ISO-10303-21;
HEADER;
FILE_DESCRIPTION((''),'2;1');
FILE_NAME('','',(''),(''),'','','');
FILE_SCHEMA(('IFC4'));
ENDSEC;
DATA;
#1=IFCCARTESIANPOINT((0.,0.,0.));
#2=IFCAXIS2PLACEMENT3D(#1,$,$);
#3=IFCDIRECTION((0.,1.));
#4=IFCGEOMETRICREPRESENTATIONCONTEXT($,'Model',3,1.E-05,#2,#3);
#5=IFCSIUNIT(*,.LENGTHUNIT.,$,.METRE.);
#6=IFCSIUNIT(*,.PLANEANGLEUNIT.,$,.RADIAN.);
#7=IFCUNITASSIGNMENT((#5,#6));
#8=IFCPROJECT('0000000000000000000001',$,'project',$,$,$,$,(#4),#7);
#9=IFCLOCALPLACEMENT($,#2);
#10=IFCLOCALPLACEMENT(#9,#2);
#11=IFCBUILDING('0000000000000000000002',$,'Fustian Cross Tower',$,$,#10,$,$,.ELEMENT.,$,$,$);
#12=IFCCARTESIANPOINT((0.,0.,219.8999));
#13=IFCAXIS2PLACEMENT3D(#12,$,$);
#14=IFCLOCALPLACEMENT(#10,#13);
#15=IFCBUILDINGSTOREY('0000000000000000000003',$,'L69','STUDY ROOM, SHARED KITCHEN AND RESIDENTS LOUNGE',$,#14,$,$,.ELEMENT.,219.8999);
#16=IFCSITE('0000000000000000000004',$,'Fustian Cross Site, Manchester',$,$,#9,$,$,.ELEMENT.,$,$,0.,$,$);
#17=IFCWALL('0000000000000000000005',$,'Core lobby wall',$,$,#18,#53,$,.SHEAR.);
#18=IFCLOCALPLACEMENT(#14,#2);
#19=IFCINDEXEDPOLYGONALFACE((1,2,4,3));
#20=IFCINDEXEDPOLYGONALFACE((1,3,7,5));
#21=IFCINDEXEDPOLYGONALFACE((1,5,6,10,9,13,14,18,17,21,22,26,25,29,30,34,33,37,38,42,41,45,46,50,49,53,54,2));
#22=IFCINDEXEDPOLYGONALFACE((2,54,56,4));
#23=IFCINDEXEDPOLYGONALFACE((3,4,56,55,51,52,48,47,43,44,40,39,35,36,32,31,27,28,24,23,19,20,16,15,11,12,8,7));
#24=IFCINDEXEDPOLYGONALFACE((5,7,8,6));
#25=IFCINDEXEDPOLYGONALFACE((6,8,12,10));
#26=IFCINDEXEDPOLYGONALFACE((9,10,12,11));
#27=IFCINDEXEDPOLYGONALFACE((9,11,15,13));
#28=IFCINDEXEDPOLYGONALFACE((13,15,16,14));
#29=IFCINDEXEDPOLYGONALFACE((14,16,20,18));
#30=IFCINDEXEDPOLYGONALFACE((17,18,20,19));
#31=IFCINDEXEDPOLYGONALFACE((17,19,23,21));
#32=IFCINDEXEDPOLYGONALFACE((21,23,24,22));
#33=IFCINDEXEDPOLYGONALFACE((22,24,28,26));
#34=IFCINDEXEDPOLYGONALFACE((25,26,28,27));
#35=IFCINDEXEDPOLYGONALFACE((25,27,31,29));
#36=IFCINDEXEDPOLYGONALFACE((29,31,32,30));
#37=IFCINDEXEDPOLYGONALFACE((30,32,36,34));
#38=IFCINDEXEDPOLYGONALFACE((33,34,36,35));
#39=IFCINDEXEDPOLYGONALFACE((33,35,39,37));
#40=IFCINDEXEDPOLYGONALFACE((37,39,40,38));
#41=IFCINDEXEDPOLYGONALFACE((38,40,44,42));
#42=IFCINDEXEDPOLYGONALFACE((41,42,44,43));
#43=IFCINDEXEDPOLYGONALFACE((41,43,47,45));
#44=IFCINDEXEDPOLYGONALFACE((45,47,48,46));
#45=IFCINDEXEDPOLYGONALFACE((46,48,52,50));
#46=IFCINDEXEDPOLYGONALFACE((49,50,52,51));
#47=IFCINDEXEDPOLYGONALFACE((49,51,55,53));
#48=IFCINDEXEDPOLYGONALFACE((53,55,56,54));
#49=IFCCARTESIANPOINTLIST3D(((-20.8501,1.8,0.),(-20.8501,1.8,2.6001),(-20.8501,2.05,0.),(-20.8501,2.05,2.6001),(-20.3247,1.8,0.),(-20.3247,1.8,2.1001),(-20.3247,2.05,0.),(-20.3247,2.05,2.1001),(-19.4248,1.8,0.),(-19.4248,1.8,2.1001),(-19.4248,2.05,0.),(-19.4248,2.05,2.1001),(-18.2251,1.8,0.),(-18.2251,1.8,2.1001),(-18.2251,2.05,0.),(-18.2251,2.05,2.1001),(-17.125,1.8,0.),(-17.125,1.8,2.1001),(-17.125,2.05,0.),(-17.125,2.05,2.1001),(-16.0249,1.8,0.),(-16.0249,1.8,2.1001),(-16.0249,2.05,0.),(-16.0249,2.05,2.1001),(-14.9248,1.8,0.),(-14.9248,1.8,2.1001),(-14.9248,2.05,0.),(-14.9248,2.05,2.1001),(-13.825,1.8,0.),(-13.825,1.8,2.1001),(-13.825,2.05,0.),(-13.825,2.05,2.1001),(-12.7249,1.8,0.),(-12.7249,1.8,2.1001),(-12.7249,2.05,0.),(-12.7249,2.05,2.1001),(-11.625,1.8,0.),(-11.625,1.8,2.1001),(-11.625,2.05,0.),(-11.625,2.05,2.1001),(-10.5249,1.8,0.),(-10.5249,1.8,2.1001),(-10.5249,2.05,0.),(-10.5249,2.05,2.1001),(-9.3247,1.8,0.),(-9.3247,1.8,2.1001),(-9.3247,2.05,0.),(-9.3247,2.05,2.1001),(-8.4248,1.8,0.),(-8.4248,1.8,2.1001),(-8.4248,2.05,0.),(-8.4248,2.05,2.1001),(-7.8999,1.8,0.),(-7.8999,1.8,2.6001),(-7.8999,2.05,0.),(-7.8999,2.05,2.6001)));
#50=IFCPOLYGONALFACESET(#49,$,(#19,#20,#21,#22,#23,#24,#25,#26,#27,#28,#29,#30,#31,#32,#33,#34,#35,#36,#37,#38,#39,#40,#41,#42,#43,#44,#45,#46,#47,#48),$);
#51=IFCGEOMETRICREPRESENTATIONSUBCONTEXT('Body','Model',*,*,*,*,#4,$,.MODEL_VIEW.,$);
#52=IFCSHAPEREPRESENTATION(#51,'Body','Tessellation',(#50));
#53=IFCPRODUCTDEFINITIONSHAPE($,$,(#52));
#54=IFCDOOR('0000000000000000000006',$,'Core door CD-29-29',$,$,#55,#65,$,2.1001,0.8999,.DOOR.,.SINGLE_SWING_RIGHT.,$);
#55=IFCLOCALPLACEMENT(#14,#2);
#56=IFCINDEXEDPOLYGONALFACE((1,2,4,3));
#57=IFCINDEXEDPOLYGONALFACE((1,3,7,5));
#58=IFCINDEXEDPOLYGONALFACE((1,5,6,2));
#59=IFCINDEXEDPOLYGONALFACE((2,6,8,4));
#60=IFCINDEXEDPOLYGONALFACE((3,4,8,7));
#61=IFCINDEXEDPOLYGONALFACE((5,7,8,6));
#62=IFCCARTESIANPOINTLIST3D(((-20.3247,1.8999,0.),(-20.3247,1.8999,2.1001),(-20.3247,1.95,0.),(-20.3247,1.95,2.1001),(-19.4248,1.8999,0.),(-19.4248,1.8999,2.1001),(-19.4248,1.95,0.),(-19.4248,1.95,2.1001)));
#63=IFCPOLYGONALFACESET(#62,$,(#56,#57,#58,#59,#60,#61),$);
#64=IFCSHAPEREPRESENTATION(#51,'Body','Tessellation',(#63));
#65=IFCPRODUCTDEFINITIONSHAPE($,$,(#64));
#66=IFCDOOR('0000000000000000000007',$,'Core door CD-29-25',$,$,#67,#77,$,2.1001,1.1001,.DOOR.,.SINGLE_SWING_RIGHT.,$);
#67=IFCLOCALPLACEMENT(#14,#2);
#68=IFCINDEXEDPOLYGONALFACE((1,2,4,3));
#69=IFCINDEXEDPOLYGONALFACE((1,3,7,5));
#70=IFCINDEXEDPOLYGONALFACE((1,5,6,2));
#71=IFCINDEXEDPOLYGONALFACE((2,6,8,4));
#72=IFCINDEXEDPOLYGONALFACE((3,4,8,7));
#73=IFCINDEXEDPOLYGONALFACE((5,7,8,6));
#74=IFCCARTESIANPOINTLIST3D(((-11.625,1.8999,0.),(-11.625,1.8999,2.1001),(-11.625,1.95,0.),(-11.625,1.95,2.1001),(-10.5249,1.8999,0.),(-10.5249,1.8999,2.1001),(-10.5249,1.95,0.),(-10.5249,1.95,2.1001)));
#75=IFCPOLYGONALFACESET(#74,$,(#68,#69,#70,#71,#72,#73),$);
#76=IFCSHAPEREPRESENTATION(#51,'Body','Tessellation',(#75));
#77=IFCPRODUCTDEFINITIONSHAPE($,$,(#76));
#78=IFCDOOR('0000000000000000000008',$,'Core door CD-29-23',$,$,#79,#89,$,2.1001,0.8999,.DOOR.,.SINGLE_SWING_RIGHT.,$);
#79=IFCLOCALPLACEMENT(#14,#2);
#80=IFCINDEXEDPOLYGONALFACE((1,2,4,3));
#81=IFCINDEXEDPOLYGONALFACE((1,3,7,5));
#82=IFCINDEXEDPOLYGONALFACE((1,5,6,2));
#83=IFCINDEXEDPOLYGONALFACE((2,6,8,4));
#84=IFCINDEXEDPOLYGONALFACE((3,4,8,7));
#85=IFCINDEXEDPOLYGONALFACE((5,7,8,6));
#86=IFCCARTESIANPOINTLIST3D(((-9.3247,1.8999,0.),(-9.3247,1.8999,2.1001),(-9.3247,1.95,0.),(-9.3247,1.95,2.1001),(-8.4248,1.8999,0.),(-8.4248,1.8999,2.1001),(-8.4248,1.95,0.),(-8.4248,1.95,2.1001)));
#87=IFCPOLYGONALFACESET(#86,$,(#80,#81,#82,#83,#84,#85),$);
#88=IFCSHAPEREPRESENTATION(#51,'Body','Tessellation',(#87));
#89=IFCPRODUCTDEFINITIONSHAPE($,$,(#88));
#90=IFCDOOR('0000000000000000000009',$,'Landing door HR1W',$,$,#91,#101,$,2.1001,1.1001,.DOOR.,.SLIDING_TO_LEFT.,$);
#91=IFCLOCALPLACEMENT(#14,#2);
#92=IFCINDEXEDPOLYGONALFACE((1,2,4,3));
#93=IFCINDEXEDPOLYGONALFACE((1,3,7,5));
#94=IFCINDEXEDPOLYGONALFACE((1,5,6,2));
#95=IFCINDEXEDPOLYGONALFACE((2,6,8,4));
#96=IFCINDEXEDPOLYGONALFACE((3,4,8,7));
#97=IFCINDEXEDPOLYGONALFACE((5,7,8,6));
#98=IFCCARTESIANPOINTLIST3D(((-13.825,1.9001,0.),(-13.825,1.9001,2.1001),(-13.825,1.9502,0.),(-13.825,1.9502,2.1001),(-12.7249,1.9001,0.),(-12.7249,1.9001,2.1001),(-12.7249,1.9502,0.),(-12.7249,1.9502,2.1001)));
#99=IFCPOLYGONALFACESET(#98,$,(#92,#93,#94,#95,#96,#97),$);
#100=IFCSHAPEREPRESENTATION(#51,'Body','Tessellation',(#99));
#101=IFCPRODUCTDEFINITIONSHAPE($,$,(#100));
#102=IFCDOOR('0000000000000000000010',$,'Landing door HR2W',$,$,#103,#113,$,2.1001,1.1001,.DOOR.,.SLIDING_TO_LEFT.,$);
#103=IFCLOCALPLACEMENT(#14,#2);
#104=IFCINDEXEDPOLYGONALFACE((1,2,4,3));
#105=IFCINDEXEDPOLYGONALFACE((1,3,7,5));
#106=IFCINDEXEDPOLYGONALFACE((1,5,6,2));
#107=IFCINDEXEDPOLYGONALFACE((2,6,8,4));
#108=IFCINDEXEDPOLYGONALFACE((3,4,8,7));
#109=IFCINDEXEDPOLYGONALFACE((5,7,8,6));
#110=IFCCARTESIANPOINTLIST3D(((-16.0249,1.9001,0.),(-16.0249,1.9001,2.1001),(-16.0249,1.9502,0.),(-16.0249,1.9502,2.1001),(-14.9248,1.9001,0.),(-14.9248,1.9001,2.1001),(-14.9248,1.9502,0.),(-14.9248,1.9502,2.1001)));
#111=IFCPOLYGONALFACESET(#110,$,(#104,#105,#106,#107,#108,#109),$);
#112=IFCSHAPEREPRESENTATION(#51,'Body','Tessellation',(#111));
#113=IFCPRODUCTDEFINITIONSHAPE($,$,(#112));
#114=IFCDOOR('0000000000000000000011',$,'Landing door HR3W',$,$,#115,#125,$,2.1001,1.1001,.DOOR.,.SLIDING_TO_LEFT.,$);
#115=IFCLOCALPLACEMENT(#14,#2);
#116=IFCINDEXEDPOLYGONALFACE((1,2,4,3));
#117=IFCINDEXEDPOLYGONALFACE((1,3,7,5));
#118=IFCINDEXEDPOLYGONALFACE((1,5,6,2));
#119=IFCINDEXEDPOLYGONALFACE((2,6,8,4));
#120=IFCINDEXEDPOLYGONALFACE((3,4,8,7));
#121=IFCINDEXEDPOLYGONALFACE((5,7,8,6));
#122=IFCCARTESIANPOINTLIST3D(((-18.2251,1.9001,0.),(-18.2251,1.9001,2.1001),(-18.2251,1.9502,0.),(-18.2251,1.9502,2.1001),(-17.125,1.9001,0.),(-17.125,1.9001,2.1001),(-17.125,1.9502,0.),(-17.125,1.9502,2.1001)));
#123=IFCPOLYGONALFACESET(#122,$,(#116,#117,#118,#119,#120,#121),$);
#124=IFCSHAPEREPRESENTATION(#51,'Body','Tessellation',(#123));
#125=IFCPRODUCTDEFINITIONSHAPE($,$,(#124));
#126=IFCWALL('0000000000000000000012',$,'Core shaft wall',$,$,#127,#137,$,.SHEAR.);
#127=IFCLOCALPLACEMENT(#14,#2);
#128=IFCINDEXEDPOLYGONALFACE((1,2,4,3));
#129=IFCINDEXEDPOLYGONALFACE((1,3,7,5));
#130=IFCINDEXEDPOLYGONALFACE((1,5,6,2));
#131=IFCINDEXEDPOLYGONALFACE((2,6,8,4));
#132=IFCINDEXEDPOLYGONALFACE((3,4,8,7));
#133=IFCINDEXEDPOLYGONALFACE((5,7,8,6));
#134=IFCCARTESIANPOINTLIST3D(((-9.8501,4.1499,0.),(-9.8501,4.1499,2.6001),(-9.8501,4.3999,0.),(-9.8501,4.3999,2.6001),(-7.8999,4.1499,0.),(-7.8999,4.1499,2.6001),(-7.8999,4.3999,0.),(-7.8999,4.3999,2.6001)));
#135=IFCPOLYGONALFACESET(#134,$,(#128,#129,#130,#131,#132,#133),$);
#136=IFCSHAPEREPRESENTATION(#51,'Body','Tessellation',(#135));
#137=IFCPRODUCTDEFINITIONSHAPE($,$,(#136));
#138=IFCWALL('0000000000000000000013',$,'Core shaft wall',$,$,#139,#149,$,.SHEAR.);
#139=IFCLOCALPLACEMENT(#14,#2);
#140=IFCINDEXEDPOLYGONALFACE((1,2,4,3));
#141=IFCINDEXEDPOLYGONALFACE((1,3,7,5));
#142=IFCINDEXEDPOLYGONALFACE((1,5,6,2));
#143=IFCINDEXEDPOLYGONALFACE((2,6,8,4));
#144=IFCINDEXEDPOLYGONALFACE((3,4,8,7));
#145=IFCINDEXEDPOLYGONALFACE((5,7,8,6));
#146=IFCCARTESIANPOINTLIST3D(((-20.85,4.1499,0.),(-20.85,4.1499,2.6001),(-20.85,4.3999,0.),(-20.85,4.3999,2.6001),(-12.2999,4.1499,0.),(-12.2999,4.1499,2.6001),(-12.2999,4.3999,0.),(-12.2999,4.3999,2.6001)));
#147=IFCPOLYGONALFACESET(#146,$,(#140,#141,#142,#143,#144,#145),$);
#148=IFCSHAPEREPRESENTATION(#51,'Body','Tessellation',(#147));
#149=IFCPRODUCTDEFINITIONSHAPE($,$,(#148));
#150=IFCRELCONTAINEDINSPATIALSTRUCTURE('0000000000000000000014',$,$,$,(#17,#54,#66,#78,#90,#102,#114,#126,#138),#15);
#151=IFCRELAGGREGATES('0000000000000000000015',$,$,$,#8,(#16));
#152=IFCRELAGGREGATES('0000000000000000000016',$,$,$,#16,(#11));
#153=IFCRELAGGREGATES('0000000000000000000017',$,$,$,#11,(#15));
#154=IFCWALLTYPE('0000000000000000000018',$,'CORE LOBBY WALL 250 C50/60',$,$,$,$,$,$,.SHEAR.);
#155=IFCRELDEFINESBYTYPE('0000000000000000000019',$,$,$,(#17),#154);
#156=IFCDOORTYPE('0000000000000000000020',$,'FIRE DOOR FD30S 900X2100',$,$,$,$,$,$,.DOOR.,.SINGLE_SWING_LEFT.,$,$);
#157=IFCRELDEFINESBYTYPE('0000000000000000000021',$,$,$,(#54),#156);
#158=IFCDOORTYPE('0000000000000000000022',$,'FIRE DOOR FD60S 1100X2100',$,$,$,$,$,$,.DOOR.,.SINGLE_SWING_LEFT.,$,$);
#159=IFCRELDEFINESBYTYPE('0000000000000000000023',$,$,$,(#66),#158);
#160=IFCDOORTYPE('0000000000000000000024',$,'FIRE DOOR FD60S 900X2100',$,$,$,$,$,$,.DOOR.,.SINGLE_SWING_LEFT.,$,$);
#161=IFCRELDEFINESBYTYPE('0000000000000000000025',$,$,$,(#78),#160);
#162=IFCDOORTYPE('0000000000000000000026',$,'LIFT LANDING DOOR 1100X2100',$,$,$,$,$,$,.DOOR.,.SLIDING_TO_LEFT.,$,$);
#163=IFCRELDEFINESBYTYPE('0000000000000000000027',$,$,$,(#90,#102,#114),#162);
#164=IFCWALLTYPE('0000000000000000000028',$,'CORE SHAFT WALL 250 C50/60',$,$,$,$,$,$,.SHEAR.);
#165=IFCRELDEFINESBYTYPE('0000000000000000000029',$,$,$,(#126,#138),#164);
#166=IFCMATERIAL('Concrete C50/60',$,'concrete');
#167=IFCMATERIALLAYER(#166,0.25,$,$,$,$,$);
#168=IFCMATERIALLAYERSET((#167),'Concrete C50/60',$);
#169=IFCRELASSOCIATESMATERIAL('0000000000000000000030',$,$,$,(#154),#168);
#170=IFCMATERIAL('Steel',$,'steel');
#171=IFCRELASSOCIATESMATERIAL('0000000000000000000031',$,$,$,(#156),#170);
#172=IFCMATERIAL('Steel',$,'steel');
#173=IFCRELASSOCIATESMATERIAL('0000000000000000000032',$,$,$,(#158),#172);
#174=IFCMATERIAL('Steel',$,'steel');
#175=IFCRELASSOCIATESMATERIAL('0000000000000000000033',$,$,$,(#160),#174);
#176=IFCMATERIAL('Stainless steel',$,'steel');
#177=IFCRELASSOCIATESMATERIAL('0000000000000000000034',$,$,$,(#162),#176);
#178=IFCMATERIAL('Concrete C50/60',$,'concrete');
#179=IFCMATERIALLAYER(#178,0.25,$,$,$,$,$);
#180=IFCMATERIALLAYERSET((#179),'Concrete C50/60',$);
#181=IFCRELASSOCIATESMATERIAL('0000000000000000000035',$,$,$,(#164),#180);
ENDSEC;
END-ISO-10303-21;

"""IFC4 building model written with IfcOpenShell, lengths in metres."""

from ifc_helpers import new_model, si_unit, direction, frame, frame_2d, origin, place, context, subcontext, project, spatial, rectangle, extrude, material, layer, layer_set, type_object, element, fill, save


model = new_model("IFC4")

# Units and contexts
model_context = context("Model", 3, precision=1e-05, world=origin(), true_north=direction((0.0, 1.0)))
body_context = subcontext(model_context, "Body", "Model", "MODEL_VIEW")
ifc_project = project(units=[si_unit("LENGTHUNIT", "METRE"), si_unit("PLANEANGLEUNIT", "RADIAN")], contexts=[model_context])

# Site, building, storey
site_placement = place(None, origin())
site = spatial("IfcSite", under=ifc_project, at=site_placement, Name="Fustian Cross Site, Manchester", CompositionType="ELEMENT", RefElevation=0.0)
building_placement = place(site_placement, origin())
building = spatial("IfcBuilding", under=site, at=building_placement, Name="Fustian Cross Tower", CompositionType="ELEMENT")
storey_placement = place(building_placement, frame((0.0, 0.0, 219.8999)))
storey = spatial("IfcBuildingStorey", under=building, at=storey_placement, Name="L69", Description="STUDY ROOM, SHARED KITCHEN AND RESIDENTS LOUNGE", CompositionType="ELEMENT", Elevation=219.8999)

# Wall, openings, doors
ifc_material_1 = material(Name="Concrete C50/60", Category="concrete")
ifc_layer_1 = layer(ifc_material_1, 0.25)
ifc_layer_set_1 = layer_set([ifc_layer_1], Name="Concrete C50/60")
wall_type_1 = type_object("IfcWallType", Name="CORE LOBBY WALL 250 C50/60", PredefinedType="SHEAR", material=ifc_layer_set_1)
wall_1_placement = place(storey_placement, frame((-7.8999, 1.925, 0.0), z_axis=(0.0, 0.0, 1.0), x_axis=(-1.0, 0.0, 0.0)))
wall_1 = element("IfcWall", 1, at=wall_1_placement, inside=storey, type_object=wall_type_1, Name="Core lobby wall", PredefinedType="SHEAR", context=body_context, shape_type="SweptSolid", body=[
    extrude(rectangle(XDim=12.9502, YDim=0.25, at=frame_2d((6.4751, 0.0))), origin(), (0.0, 0.0, 1.0), 2.6001),
])
opening_1_placement = place(wall_1_placement, frame((4.825, 0.0, 0.0)))
opening_1 = element("IfcOpeningElement", 2, at=opening_1_placement, cuts=wall_1, PredefinedType="OPENING", context=body_context, shape_type="SweptSolid", body=[
    extrude(rectangle(XDim=1.1001, YDim=2.1001, at=frame_2d((0.55, 1.05))), frame((0.0, 0.135, 0.0), z_axis=(0.0, -1.0, 0.0), x_axis=(1.0, 0.0, 0.0)), (0.0, 0.0, 1.0), 0.27),
])
opening_2_placement = place(wall_1_placement, frame((7.0249, 0.0, 0.0)))
opening_2 = element("IfcOpeningElement", 3, at=opening_2_placement, cuts=wall_1, PredefinedType="OPENING", context=body_context, shape_type="SweptSolid", body=[
    extrude(rectangle(XDim=1.1001, YDim=2.1001, at=frame_2d((0.55, 1.05))), frame((0.0, 0.135, 0.0), z_axis=(0.0, -1.0, 0.0), x_axis=(1.0, 0.0, 0.0)), (0.0, 0.0, 1.0), 0.27),
])
opening_3_placement = place(wall_1_placement, frame((9.2251, 0.0, 0.0)))
opening_3 = element("IfcOpeningElement", 4, at=opening_3_placement, cuts=wall_1, PredefinedType="OPENING", context=body_context, shape_type="SweptSolid", body=[
    extrude(rectangle(XDim=1.1001, YDim=2.1001, at=frame_2d((0.55, 1.05))), frame((0.0, 0.135, 0.0), z_axis=(0.0, -1.0, 0.0), x_axis=(1.0, 0.0, 0.0)), (0.0, 0.0, 1.0), 0.27),
])
opening_4_placement = place(wall_1_placement, frame((0.5249, 0.0, 0.0)))
opening_4 = element("IfcOpeningElement", 5, at=opening_4_placement, cuts=wall_1, PredefinedType="OPENING", context=body_context, shape_type="SweptSolid", body=[
    extrude(rectangle(XDim=0.8999, YDim=2.1001, at=frame_2d((0.45, 1.05))), frame((0.0, 0.135, 0.0), z_axis=(0.0, -1.0, 0.0), x_axis=(1.0, 0.0, 0.0)), (0.0, 0.0, 1.0), 0.27),
])
opening_5_placement = place(wall_1_placement, frame((2.625, 0.0, 0.0)))
opening_5 = element("IfcOpeningElement", 6, at=opening_5_placement, cuts=wall_1, PredefinedType="OPENING", context=body_context, shape_type="SweptSolid", body=[
    extrude(rectangle(XDim=1.1001, YDim=2.1001, at=frame_2d((0.55, 1.05))), frame((0.0, 0.135, 0.0), z_axis=(0.0, -1.0, 0.0), x_axis=(1.0, 0.0, 0.0)), (0.0, 0.0, 1.0), 0.27),
])
opening_6_placement = place(wall_1_placement, frame((11.5249, 0.0, 0.0)))
opening_6 = element("IfcOpeningElement", 7, at=opening_6_placement, cuts=wall_1, PredefinedType="OPENING", context=body_context, shape_type="SweptSolid", body=[
    extrude(rectangle(XDim=0.8999, YDim=2.1001, at=frame_2d((0.45, 1.05))), frame((0.0, 0.135, 0.0), z_axis=(0.0, -1.0, 0.0), x_axis=(1.0, 0.0, 0.0)), (0.0, 0.0, 1.0), 0.27),
])
ifc_material_2 = material(Name="Steel", Category="steel")
door_type_1 = type_object("IfcDoorType", Name="FIRE DOOR FD30S 900X2100", OperationType="SINGLE_SWING_LEFT", PredefinedType="DOOR", material=ifc_material_2)
door_1_placement = place(opening_6_placement, frame((0.8999, 0.0, 0.0), z_axis=(0.0, 0.0, 1.0), x_axis=(-1.0, 0.0, 0.0)))
door_1 = element("IfcDoor", 8, at=door_1_placement, inside=storey, type_object=door_type_1, Name="Core door CD-29-29", OperationType="SINGLE_SWING_RIGHT", OverallHeight=2.1001, OverallWidth=0.8999, PredefinedType="DOOR", context=body_context, shape_type="SweptSolid", body=[
    extrude(rectangle(XDim=0.8999, YDim=2.1001, at=frame_2d((0.45, 1.05))), frame((0.0, 0.0249, 0.0), z_axis=(0.0, -1.0, 0.0), x_axis=(1.0, 0.0, 0.0)), (0.0, 0.0, 1.0), 0.05),
])
fill(opening_6, door_1)
ifc_material_3 = material(Name="Steel", Category="steel")
door_type_2 = type_object("IfcDoorType", Name="FIRE DOOR FD60S 1100X2100", OperationType="SINGLE_SWING_LEFT", PredefinedType="DOOR", material=ifc_material_3)
door_2_placement = place(opening_5_placement, frame((1.1001, 0.0, 0.0), z_axis=(0.0, 0.0, 1.0), x_axis=(-1.0, 0.0, 0.0)))
door_2 = element("IfcDoor", 9, at=door_2_placement, inside=storey, type_object=door_type_2, Name="Core door CD-29-25", OperationType="SINGLE_SWING_RIGHT", OverallHeight=2.1001, OverallWidth=1.1001, PredefinedType="DOOR", context=body_context, shape_type="SweptSolid", body=[
    extrude(rectangle(XDim=1.1001, YDim=2.1001, at=frame_2d((0.55, 1.05))), frame((0.0, 0.0249, 0.0), z_axis=(0.0, -1.0, 0.0), x_axis=(1.0, 0.0, 0.0)), (0.0, 0.0, 1.0), 0.05),
])
fill(opening_5, door_2)
ifc_material_4 = material(Name="Steel", Category="steel")
door_type_3 = type_object("IfcDoorType", Name="FIRE DOOR FD60S 900X2100", OperationType="SINGLE_SWING_LEFT", PredefinedType="DOOR", material=ifc_material_4)
door_3_placement = place(opening_4_placement, frame((0.8999, 0.0, 0.0), z_axis=(0.0, 0.0, 1.0), x_axis=(-1.0, 0.0, 0.0)))
door_3 = element("IfcDoor", 10, at=door_3_placement, inside=storey, type_object=door_type_3, Name="Core door CD-29-23", OperationType="SINGLE_SWING_RIGHT", OverallHeight=2.1001, OverallWidth=0.8999, PredefinedType="DOOR", context=body_context, shape_type="SweptSolid", body=[
    extrude(rectangle(XDim=0.8999, YDim=2.1001, at=frame_2d((0.45, 1.05))), frame((0.0, 0.0249, 0.0), z_axis=(0.0, -1.0, 0.0), x_axis=(1.0, 0.0, 0.0)), (0.0, 0.0, 1.0), 0.05),
])
fill(opening_4, door_3)
ifc_material_5 = material(Name="Stainless steel", Category="steel")
door_type_4 = type_object("IfcDoorType", Name="LIFT LANDING DOOR 1100X2100", OperationType="SLIDING_TO_LEFT", PredefinedType="DOOR", material=ifc_material_5)
door_4_placement = place(opening_1_placement, origin())
door_4 = element("IfcDoor", 11, at=door_4_placement, inside=storey, type_object=door_type_4, Name="Landing door HR1W", OperationType="SLIDING_TO_LEFT", OverallHeight=2.1001, OverallWidth=1.1001, PredefinedType="DOOR", context=body_context, shape_type="SweptSolid", body=[
    extrude(rectangle(XDim=1.1001, YDim=2.1001, at=frame_2d((0.55, 1.05))), frame((0.0, 0.0249, 0.0), z_axis=(0.0, -1.0, 0.0), x_axis=(1.0, 0.0, 0.0)), (0.0, 0.0, 1.0), 0.05),
])
fill(opening_1, door_4)
door_5_placement = place(opening_2_placement, origin())
door_5 = element("IfcDoor", 12, at=door_5_placement, inside=storey, type_object=door_type_4, Name="Landing door HR2W", OperationType="SLIDING_TO_LEFT", OverallHeight=2.1001, OverallWidth=1.1001, PredefinedType="DOOR", context=body_context, shape_type="SweptSolid", body=[
    extrude(rectangle(XDim=1.1001, YDim=2.1001, at=frame_2d((0.55, 1.05))), frame((0.0, 0.0249, 0.0), z_axis=(0.0, -1.0, 0.0), x_axis=(1.0, 0.0, 0.0)), (0.0, 0.0, 1.0), 0.05),
])
fill(opening_2, door_5)
door_6_placement = place(opening_3_placement, origin())
door_6 = element("IfcDoor", 13, at=door_6_placement, inside=storey, type_object=door_type_4, Name="Landing door HR3W", OperationType="SLIDING_TO_LEFT", OverallHeight=2.1001, OverallWidth=1.1001, PredefinedType="DOOR", context=body_context, shape_type="SweptSolid", body=[
    extrude(rectangle(XDim=1.1001, YDim=2.1001, at=frame_2d((0.55, 1.05))), frame((0.0, 0.0249, 0.0), z_axis=(0.0, -1.0, 0.0), x_axis=(1.0, 0.0, 0.0)), (0.0, 0.0, 1.0), 0.05),
])
fill(opening_3, door_6)

# Walls
ifc_material_6 = material(Name="Concrete C50/60", Category="concrete")
ifc_layer_2 = layer(ifc_material_6, 0.25)
ifc_layer_set_2 = layer_set([ifc_layer_2], Name="Concrete C50/60")
wall_type_2 = type_object("IfcWallType", Name="CORE SHAFT WALL 250 C50/60", PredefinedType="SHEAR", material=ifc_layer_set_2)
wall_2_placement = place(storey_placement, frame((-7.8999, 4.2749, 0.0), z_axis=(0.0, 0.0, 1.0), x_axis=(-1.0, 0.0, 0.0)))
element("IfcWall", 14, at=wall_2_placement, inside=storey, type_object=wall_type_2, Name="Core shaft wall", PredefinedType="SHEAR", context=body_context, shape_type="SweptSolid", body=[
    extrude(rectangle(XDim=1.9502, YDim=0.25, at=frame_2d((0.9751, 0.0))), origin(), (0.0, 0.0, 1.0), 2.6001),
])
wall_3_placement = place(storey_placement, frame((-12.3, 4.2749, 0.0), z_axis=(0.0, 0.0, 1.0), x_axis=(-1.0, 0.0, 0.0)))
element("IfcWall", 15, at=wall_3_placement, inside=storey, type_object=wall_type_2, Name="Core shaft wall", PredefinedType="SHEAR", context=body_context, shape_type="SweptSolid", body=[
    extrude(rectangle(XDim=8.55, YDim=0.25, at=frame_2d((4.2749, 0.0))), origin(), (0.0, 0.0, 1.0), 2.6001),
])

save(model, "model.ifc")
